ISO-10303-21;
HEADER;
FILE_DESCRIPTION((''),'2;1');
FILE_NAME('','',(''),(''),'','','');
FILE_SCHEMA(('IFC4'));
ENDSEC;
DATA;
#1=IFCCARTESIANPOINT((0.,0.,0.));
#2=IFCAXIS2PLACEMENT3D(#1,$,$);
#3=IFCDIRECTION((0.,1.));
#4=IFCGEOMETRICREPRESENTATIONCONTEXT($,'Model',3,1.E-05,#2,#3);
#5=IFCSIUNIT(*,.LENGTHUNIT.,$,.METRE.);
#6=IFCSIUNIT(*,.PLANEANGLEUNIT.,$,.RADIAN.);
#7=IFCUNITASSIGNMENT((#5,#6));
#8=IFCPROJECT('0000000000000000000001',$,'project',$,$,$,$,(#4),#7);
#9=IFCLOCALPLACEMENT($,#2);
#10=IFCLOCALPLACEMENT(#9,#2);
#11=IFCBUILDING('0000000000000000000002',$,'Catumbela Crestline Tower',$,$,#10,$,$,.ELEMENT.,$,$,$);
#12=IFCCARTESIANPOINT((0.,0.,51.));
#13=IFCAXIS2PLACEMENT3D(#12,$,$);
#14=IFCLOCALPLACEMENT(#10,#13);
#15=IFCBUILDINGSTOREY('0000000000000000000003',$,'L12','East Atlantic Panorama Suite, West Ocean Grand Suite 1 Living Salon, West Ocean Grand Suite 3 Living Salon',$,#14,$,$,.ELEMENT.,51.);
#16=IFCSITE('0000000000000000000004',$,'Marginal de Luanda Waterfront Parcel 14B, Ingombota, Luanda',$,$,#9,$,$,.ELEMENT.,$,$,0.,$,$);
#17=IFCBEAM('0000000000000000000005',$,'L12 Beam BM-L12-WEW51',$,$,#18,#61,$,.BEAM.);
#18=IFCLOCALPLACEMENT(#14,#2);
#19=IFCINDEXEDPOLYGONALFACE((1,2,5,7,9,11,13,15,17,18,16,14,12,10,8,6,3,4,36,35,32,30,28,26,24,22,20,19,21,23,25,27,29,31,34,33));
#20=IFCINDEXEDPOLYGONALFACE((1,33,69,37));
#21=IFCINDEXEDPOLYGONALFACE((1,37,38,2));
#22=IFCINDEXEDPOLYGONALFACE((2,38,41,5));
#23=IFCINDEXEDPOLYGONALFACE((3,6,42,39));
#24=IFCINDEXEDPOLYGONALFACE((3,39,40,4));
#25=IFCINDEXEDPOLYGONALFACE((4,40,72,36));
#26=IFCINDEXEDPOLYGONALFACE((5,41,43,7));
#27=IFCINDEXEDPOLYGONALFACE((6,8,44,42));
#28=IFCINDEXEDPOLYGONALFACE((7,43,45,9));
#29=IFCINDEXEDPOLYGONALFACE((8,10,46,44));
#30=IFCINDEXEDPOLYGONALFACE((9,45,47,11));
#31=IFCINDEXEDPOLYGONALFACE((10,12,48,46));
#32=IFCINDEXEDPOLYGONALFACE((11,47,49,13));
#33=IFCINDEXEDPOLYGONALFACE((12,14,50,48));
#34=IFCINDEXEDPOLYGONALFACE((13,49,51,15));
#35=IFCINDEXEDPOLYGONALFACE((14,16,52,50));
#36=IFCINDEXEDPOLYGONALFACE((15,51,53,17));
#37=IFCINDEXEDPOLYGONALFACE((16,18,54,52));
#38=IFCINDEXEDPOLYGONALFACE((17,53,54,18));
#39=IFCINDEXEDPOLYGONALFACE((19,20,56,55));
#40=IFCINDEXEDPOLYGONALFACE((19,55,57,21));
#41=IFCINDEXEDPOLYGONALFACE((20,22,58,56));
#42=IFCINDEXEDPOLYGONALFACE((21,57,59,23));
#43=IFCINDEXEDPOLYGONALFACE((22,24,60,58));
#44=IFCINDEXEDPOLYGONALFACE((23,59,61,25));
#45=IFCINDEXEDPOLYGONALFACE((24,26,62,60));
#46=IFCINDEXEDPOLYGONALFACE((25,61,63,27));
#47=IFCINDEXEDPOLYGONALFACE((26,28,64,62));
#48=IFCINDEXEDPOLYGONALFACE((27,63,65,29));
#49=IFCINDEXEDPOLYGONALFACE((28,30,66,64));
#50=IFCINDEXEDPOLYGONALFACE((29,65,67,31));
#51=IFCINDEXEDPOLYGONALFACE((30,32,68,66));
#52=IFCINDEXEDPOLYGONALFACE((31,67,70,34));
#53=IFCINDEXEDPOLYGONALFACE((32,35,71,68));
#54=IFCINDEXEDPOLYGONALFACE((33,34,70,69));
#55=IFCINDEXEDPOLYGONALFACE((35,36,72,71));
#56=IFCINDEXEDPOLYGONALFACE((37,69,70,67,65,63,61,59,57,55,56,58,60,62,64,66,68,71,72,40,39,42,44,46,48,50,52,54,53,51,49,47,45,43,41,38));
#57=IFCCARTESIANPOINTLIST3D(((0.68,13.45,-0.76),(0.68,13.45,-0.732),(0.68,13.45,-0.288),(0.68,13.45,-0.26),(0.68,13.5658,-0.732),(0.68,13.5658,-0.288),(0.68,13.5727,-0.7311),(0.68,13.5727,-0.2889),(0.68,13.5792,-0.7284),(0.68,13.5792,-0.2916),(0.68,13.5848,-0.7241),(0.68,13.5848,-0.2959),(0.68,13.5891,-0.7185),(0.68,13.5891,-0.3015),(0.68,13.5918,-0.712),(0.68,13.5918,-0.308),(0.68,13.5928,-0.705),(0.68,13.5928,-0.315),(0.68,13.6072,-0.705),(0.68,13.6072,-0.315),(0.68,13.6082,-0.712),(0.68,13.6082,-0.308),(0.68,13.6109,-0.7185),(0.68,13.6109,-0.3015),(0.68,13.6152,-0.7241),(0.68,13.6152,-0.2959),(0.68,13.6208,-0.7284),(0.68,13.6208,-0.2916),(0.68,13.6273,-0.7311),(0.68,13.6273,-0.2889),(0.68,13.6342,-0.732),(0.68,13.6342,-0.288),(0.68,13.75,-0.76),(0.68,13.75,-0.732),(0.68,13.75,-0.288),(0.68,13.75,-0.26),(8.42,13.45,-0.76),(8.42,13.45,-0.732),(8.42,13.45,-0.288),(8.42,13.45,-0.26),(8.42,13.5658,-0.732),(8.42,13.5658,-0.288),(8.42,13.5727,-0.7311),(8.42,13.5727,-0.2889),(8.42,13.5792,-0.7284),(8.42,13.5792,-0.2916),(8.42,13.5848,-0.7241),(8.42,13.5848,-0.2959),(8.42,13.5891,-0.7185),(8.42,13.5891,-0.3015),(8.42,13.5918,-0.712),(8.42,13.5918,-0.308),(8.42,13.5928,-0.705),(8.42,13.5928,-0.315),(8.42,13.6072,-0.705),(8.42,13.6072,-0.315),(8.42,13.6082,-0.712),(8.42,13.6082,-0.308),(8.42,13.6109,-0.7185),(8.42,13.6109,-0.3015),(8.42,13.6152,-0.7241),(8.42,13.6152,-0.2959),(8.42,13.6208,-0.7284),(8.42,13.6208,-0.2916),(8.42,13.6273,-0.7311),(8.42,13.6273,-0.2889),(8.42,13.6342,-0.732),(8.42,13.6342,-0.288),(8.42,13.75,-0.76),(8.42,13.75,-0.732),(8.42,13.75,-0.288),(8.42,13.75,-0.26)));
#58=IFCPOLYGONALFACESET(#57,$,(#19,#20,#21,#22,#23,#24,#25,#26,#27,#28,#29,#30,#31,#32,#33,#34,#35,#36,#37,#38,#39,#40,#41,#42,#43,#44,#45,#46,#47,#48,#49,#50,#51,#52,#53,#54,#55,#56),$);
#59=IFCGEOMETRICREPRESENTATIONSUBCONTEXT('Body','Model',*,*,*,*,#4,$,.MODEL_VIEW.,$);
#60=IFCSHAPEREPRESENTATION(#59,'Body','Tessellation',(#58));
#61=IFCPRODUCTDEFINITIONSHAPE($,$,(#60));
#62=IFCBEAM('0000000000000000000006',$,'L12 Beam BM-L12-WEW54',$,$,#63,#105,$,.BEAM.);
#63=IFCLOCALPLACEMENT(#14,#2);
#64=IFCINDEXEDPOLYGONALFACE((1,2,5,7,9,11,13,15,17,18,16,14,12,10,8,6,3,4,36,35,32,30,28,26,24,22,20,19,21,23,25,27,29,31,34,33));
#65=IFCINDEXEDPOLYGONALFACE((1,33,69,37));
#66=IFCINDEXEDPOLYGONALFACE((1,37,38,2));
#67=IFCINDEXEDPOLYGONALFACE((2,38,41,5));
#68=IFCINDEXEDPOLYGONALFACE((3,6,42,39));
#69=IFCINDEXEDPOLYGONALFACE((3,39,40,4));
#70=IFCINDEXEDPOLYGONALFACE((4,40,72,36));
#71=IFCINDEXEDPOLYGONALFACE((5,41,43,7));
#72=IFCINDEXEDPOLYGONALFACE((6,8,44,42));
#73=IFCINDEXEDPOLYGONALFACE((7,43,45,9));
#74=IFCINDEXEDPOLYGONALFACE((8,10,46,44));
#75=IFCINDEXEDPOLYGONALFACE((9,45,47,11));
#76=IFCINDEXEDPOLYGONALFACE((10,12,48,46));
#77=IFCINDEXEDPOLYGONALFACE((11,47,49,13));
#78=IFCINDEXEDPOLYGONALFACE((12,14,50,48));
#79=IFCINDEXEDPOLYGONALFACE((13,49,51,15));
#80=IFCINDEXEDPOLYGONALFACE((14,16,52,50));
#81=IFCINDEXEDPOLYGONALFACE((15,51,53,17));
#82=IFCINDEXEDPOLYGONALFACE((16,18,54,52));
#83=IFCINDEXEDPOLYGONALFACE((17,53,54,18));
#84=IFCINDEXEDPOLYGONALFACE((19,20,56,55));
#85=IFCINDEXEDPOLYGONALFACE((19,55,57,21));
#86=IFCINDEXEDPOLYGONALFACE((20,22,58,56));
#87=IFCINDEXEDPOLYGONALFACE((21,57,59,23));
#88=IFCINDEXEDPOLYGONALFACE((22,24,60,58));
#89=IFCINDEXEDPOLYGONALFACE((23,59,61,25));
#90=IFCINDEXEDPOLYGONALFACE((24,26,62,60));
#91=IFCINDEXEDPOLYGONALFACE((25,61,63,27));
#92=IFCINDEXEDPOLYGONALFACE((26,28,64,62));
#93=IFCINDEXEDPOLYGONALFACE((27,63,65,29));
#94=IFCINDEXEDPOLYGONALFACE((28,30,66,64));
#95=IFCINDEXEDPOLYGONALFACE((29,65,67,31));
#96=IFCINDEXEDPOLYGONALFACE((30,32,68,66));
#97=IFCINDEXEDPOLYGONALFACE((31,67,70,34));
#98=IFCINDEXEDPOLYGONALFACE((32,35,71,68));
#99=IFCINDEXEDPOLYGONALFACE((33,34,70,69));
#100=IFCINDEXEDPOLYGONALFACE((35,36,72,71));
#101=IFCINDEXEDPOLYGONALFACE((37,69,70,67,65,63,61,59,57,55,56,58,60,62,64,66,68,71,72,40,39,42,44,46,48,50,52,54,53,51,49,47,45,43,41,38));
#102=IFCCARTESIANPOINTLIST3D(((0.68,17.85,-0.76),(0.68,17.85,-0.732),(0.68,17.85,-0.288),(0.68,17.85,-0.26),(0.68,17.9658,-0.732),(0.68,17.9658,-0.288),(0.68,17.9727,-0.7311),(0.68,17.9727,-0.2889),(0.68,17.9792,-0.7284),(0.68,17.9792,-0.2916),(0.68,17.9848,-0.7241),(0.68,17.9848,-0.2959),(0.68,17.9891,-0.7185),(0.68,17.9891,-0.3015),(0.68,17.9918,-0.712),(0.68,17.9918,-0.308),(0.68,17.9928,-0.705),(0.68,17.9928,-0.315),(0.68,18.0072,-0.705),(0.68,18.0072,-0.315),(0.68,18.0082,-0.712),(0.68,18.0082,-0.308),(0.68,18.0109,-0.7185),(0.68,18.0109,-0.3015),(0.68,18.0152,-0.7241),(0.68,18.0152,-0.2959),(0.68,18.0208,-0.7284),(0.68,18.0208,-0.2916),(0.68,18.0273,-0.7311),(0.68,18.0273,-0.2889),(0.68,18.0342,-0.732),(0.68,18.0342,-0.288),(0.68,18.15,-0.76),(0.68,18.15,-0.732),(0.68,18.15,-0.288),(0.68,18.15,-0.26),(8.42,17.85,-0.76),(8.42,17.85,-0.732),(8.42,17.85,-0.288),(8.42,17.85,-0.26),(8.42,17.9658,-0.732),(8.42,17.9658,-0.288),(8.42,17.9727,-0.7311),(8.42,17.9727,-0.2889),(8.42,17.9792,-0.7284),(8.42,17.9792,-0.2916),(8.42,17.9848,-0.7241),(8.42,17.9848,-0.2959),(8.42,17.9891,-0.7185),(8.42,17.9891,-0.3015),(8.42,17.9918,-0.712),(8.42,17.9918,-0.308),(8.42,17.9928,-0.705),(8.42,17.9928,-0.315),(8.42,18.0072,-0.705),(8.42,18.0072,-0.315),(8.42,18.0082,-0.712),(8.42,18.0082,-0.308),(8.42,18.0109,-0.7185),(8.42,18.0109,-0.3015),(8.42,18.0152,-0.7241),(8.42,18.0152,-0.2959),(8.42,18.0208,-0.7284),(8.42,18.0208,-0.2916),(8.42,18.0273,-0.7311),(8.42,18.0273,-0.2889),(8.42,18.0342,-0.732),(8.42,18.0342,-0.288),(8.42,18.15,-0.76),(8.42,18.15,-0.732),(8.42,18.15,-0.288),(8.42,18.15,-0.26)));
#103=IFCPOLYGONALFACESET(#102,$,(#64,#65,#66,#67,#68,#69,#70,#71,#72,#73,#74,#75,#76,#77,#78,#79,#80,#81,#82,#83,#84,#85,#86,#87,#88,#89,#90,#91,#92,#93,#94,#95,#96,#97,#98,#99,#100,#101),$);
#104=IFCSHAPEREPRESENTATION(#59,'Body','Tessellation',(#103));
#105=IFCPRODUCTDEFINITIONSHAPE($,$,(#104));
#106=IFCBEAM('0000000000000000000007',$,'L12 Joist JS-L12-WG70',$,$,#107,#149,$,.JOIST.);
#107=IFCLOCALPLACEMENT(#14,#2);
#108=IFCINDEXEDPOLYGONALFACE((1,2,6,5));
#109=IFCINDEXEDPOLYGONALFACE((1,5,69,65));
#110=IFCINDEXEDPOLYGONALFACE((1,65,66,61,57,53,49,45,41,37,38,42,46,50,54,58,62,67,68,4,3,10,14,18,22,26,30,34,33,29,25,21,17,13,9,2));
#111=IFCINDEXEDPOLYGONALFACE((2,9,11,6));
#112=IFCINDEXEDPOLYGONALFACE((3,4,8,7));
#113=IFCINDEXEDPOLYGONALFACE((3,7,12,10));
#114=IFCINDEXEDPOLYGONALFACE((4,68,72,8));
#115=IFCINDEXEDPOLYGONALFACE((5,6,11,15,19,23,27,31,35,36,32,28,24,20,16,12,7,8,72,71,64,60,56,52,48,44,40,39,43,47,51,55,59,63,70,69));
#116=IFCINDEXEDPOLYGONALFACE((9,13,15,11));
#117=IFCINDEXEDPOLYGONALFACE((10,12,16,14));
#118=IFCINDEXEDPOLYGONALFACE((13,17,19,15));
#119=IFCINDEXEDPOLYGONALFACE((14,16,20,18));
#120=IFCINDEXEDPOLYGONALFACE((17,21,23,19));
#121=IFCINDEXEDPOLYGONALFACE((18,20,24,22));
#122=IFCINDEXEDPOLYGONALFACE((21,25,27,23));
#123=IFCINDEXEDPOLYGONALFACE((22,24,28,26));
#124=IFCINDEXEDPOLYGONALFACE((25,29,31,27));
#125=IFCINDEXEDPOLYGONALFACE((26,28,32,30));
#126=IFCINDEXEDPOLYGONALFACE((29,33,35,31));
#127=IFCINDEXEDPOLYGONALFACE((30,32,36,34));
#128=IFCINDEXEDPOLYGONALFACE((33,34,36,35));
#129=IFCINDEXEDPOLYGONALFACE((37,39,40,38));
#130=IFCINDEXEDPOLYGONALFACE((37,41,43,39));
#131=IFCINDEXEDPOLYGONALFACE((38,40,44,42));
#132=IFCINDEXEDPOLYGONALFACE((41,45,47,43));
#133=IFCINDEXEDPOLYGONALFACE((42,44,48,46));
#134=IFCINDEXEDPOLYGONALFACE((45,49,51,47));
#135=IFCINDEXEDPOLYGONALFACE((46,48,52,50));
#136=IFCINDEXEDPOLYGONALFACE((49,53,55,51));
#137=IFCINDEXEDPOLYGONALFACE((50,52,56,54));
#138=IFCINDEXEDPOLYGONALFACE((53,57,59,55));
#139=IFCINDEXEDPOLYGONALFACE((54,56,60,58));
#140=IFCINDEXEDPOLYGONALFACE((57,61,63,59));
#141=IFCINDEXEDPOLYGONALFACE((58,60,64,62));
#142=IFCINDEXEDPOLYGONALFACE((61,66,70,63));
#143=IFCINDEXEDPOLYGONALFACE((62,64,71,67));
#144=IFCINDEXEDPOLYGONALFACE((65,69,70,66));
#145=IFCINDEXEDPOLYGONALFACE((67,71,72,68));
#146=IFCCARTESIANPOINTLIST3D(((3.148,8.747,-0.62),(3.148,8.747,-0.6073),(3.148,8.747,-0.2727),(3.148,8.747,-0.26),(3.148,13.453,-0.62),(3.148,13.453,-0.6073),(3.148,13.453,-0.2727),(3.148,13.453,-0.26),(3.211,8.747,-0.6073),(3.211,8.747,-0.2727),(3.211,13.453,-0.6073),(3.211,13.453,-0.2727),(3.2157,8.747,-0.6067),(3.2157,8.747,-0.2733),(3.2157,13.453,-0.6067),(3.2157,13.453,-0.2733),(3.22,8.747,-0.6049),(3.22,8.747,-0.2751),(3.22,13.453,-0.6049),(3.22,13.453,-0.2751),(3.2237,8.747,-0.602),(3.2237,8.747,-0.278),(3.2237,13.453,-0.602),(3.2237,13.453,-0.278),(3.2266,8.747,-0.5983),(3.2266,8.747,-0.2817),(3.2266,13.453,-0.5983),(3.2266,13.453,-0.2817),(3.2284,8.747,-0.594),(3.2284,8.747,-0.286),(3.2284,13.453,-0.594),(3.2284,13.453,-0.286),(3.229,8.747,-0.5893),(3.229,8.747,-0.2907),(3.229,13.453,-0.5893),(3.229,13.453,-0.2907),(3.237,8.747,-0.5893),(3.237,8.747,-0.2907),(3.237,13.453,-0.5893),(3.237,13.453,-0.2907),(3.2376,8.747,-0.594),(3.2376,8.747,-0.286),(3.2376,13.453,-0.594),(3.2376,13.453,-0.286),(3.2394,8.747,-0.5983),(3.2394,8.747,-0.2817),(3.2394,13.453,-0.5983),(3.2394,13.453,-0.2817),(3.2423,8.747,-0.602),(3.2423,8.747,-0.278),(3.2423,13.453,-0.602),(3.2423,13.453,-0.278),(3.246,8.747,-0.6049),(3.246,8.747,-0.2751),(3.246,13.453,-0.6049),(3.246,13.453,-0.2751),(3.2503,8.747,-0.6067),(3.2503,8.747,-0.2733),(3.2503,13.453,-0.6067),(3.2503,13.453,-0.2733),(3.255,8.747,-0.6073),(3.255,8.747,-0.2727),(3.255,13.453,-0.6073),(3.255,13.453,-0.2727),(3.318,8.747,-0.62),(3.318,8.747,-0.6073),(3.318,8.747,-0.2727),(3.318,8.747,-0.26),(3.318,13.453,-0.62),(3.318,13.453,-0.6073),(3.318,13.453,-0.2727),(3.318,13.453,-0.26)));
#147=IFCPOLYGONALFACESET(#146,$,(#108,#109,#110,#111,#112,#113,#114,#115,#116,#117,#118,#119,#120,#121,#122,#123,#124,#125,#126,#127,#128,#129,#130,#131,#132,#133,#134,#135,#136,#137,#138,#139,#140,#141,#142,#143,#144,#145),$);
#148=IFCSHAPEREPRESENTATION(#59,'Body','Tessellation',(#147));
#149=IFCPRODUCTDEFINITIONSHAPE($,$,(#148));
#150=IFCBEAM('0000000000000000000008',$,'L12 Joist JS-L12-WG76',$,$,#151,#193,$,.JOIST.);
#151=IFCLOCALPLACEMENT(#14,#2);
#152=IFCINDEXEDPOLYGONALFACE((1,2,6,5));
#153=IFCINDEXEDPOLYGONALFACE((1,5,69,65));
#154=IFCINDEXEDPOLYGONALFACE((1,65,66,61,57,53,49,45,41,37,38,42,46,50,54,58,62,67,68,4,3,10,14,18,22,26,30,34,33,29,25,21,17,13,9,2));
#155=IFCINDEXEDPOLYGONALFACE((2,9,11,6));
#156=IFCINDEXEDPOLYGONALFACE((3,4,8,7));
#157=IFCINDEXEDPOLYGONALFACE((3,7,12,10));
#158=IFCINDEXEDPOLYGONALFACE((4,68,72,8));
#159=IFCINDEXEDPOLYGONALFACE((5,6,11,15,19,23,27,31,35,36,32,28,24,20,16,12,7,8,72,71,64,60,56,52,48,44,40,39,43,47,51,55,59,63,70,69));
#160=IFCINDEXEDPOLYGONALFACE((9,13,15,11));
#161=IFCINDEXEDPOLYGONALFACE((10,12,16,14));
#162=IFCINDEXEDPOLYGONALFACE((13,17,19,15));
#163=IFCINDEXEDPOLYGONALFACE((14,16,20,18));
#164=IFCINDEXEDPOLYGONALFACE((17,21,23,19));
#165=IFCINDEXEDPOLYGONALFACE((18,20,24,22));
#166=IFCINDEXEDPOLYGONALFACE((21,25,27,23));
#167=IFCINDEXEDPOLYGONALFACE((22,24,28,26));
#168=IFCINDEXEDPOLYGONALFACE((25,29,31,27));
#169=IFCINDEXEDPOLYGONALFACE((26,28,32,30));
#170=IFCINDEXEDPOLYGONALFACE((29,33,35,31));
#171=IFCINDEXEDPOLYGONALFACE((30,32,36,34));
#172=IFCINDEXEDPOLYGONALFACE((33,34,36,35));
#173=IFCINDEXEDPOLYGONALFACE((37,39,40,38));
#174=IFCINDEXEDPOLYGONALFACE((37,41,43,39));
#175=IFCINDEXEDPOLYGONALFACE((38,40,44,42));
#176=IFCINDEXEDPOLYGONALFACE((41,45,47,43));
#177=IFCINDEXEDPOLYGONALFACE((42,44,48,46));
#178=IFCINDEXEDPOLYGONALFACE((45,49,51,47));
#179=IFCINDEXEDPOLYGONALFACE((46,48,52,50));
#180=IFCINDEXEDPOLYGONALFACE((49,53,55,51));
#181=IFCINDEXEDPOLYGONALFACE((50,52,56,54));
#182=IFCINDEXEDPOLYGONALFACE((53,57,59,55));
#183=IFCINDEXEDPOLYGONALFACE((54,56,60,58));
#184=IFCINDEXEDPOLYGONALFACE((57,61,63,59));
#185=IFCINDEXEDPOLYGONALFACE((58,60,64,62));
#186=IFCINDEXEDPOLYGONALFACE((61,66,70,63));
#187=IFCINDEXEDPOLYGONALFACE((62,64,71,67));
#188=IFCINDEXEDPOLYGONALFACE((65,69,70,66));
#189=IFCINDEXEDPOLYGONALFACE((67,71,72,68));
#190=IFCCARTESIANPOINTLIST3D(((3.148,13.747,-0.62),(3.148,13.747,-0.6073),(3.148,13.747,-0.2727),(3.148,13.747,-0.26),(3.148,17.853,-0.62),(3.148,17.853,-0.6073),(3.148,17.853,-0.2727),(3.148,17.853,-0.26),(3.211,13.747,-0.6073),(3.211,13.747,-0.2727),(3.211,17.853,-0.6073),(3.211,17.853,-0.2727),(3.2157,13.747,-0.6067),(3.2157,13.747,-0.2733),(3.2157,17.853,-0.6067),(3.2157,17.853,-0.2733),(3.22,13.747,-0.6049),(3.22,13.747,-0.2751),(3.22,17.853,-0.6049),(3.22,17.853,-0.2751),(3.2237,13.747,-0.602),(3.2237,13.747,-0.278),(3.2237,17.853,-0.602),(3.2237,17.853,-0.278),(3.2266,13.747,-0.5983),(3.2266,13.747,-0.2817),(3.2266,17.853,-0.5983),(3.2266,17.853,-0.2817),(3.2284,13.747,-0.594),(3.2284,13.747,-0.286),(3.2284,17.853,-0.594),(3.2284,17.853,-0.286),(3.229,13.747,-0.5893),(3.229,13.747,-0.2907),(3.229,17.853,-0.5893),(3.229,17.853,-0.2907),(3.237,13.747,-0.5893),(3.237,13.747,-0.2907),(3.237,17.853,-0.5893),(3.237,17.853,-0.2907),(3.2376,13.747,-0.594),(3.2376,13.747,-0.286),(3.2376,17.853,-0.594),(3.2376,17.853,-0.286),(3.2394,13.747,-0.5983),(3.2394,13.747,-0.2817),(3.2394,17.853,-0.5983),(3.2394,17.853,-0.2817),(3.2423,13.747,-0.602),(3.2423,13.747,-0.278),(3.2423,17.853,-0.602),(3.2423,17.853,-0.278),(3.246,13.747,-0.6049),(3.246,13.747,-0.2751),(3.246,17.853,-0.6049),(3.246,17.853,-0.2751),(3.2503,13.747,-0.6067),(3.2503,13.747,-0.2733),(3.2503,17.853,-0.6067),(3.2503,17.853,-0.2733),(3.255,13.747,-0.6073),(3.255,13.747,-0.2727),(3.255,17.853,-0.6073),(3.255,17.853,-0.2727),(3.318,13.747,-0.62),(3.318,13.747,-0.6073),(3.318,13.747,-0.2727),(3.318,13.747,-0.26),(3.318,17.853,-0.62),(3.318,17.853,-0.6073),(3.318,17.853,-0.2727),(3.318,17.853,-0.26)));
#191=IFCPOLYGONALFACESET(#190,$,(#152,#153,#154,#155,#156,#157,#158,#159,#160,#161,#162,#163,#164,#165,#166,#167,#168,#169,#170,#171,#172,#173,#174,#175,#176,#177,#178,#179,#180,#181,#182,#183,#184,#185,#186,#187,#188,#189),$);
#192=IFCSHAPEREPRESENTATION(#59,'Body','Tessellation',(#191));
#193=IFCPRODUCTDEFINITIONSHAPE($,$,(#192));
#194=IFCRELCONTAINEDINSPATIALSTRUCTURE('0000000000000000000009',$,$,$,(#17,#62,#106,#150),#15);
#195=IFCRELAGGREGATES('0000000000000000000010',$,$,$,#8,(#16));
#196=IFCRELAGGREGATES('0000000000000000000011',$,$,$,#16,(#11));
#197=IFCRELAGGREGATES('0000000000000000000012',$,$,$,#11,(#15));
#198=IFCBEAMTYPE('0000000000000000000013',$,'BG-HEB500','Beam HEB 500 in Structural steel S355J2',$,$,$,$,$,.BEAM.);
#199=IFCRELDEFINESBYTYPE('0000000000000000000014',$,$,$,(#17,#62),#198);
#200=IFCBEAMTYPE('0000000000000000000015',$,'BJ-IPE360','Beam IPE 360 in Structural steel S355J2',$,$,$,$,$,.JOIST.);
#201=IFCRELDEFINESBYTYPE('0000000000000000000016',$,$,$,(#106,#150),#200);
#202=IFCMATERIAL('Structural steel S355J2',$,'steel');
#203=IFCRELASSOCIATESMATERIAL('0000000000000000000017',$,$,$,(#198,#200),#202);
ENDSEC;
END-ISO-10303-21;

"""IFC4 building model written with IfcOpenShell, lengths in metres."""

from ifc_helpers import new_model, si_unit, direction, frame, origin, origin_2d, place, context, subcontext, project, spatial, i_section, extrude, material, material_profile, profile_set, type_object, element, save


model = new_model("IFC4")

# Units and contexts
model_context = context("Model", 3, precision=1e-05, world=origin(), true_north=direction((0.0, 1.0)))
body_context = subcontext(model_context, "Body", "Model", "MODEL_VIEW")
ifc_project = project(units=[si_unit("LENGTHUNIT", "METRE"), si_unit("PLANEANGLEUNIT", "RADIAN")], contexts=[model_context])

# Site, building, storey
site_placement = place(None, origin())
site = spatial("IfcSite", under=ifc_project, at=site_placement, Name="Marginal de Luanda Waterfront Parcel 14B, Ingombota, Luanda", CompositionType="ELEMENT", RefElevation=0.0)
building_placement = place(site_placement, origin())
building = spatial("IfcBuilding", under=site, at=building_placement, Name="Catumbela Crestline Tower", CompositionType="ELEMENT")
storey_placement = place(building_placement, frame((0.0, 0.0, 51.0)))
storey = spatial("IfcBuildingStorey", under=building, at=storey_placement, Name="L12", Description="East Atlantic Panorama Suite, West Ocean Grand Suite 1 Living Salon, West Ocean Grand Suite 3 Living Salon", CompositionType="ELEMENT", Elevation=51.0)

# Beams
ifc_material_1 = material(Name="Structural steel S355J2", Category="steel")
ifc_material_profile_1 = material_profile(ifc_material_1, i_section(OverallWidth=0.3, OverallDepth=0.5, WebThickness=0.0145, FlangeThickness=0.028, FilletRadius=0.027, at=origin_2d()), Name="HEB 500")
ifc_profile_set_1 = profile_set([ifc_material_profile_1], Name="Structural steel S355J2")
beam_type_1 = type_object("IfcBeamType", Name="BG-HEB500", Description="Beam HEB 500 in Structural steel S355J2", PredefinedType="BEAM", material=ifc_profile_set_1)
for number, where, z_axis, x_axis, name in (
    (1, (0.68, 13.6, -0.51), (1.0, 0.0, 0.0), (0.0, 1.0, 0.0), "L12 Beam BM-L12-WEW51"),
    (2, (0.68, 18.0, -0.51), (1.0, 0.0, 0.0), (0.0, 1.0, 0.0), "L12 Beam BM-L12-WEW54"),
):
    element("IfcBeam", number, at=place(storey_placement, frame(where, z_axis=z_axis, x_axis=x_axis)), inside=storey, type_object=beam_type_1, Name=name, PredefinedType="BEAM", context=body_context, shape_type="SweptSolid", body=[
        extrude(i_section(OverallWidth=0.3, OverallDepth=0.5, WebThickness=0.0145, FlangeThickness=0.028, FilletRadius=0.027, at=origin_2d()), origin(), (0.0, 0.0, 1.0), 7.74),
    ])
ifc_material_profile_2 = material_profile(ifc_material_1, i_section(OverallWidth=0.17, OverallDepth=0.36, WebThickness=0.008, FlangeThickness=0.0127, FilletRadius=0.018, at=origin_2d()), Name="IPE 360")
ifc_profile_set_2 = profile_set([ifc_material_profile_2], Name="Structural steel S355J2")
beam_type_2 = type_object("IfcBeamType", Name="BJ-IPE360", Description="Beam IPE 360 in Structural steel S355J2", PredefinedType="JOIST", material=ifc_profile_set_2)
beam_1_placement = place(storey_placement, frame((3.233, 8.747, -0.44), z_axis=(0.0, 1.0, 0.0), x_axis=(-1.0, 0.0, 0.0)))
element("IfcBeam", 3, at=beam_1_placement, inside=storey, type_object=beam_type_2, Name="L12 Joist JS-L12-WG70", PredefinedType="JOIST", context=body_context, shape_type="SweptSolid", body=[
    extrude(i_section(OverallWidth=0.17, OverallDepth=0.36, WebThickness=0.008, FlangeThickness=0.0127, FilletRadius=0.018, at=origin_2d()), origin(), (0.0, 0.0, 1.0), 4.706),
])
beam_2_placement = place(storey_placement, frame((3.233, 13.747, -0.44), z_axis=(0.0, 1.0, 0.0), x_axis=(-1.0, 0.0, 0.0)))
element("IfcBeam", 4, at=beam_2_placement, inside=storey, type_object=beam_type_2, Name="L12 Joist JS-L12-WG76", PredefinedType="JOIST", context=body_context, shape_type="SweptSolid", body=[
    extrude(i_section(OverallWidth=0.17, OverallDepth=0.36, WebThickness=0.008, FlangeThickness=0.0127, FilletRadius=0.018, at=origin_2d()), origin(), (0.0, 0.0, 1.0), 4.106),
])

save(model, "model.ifc")
